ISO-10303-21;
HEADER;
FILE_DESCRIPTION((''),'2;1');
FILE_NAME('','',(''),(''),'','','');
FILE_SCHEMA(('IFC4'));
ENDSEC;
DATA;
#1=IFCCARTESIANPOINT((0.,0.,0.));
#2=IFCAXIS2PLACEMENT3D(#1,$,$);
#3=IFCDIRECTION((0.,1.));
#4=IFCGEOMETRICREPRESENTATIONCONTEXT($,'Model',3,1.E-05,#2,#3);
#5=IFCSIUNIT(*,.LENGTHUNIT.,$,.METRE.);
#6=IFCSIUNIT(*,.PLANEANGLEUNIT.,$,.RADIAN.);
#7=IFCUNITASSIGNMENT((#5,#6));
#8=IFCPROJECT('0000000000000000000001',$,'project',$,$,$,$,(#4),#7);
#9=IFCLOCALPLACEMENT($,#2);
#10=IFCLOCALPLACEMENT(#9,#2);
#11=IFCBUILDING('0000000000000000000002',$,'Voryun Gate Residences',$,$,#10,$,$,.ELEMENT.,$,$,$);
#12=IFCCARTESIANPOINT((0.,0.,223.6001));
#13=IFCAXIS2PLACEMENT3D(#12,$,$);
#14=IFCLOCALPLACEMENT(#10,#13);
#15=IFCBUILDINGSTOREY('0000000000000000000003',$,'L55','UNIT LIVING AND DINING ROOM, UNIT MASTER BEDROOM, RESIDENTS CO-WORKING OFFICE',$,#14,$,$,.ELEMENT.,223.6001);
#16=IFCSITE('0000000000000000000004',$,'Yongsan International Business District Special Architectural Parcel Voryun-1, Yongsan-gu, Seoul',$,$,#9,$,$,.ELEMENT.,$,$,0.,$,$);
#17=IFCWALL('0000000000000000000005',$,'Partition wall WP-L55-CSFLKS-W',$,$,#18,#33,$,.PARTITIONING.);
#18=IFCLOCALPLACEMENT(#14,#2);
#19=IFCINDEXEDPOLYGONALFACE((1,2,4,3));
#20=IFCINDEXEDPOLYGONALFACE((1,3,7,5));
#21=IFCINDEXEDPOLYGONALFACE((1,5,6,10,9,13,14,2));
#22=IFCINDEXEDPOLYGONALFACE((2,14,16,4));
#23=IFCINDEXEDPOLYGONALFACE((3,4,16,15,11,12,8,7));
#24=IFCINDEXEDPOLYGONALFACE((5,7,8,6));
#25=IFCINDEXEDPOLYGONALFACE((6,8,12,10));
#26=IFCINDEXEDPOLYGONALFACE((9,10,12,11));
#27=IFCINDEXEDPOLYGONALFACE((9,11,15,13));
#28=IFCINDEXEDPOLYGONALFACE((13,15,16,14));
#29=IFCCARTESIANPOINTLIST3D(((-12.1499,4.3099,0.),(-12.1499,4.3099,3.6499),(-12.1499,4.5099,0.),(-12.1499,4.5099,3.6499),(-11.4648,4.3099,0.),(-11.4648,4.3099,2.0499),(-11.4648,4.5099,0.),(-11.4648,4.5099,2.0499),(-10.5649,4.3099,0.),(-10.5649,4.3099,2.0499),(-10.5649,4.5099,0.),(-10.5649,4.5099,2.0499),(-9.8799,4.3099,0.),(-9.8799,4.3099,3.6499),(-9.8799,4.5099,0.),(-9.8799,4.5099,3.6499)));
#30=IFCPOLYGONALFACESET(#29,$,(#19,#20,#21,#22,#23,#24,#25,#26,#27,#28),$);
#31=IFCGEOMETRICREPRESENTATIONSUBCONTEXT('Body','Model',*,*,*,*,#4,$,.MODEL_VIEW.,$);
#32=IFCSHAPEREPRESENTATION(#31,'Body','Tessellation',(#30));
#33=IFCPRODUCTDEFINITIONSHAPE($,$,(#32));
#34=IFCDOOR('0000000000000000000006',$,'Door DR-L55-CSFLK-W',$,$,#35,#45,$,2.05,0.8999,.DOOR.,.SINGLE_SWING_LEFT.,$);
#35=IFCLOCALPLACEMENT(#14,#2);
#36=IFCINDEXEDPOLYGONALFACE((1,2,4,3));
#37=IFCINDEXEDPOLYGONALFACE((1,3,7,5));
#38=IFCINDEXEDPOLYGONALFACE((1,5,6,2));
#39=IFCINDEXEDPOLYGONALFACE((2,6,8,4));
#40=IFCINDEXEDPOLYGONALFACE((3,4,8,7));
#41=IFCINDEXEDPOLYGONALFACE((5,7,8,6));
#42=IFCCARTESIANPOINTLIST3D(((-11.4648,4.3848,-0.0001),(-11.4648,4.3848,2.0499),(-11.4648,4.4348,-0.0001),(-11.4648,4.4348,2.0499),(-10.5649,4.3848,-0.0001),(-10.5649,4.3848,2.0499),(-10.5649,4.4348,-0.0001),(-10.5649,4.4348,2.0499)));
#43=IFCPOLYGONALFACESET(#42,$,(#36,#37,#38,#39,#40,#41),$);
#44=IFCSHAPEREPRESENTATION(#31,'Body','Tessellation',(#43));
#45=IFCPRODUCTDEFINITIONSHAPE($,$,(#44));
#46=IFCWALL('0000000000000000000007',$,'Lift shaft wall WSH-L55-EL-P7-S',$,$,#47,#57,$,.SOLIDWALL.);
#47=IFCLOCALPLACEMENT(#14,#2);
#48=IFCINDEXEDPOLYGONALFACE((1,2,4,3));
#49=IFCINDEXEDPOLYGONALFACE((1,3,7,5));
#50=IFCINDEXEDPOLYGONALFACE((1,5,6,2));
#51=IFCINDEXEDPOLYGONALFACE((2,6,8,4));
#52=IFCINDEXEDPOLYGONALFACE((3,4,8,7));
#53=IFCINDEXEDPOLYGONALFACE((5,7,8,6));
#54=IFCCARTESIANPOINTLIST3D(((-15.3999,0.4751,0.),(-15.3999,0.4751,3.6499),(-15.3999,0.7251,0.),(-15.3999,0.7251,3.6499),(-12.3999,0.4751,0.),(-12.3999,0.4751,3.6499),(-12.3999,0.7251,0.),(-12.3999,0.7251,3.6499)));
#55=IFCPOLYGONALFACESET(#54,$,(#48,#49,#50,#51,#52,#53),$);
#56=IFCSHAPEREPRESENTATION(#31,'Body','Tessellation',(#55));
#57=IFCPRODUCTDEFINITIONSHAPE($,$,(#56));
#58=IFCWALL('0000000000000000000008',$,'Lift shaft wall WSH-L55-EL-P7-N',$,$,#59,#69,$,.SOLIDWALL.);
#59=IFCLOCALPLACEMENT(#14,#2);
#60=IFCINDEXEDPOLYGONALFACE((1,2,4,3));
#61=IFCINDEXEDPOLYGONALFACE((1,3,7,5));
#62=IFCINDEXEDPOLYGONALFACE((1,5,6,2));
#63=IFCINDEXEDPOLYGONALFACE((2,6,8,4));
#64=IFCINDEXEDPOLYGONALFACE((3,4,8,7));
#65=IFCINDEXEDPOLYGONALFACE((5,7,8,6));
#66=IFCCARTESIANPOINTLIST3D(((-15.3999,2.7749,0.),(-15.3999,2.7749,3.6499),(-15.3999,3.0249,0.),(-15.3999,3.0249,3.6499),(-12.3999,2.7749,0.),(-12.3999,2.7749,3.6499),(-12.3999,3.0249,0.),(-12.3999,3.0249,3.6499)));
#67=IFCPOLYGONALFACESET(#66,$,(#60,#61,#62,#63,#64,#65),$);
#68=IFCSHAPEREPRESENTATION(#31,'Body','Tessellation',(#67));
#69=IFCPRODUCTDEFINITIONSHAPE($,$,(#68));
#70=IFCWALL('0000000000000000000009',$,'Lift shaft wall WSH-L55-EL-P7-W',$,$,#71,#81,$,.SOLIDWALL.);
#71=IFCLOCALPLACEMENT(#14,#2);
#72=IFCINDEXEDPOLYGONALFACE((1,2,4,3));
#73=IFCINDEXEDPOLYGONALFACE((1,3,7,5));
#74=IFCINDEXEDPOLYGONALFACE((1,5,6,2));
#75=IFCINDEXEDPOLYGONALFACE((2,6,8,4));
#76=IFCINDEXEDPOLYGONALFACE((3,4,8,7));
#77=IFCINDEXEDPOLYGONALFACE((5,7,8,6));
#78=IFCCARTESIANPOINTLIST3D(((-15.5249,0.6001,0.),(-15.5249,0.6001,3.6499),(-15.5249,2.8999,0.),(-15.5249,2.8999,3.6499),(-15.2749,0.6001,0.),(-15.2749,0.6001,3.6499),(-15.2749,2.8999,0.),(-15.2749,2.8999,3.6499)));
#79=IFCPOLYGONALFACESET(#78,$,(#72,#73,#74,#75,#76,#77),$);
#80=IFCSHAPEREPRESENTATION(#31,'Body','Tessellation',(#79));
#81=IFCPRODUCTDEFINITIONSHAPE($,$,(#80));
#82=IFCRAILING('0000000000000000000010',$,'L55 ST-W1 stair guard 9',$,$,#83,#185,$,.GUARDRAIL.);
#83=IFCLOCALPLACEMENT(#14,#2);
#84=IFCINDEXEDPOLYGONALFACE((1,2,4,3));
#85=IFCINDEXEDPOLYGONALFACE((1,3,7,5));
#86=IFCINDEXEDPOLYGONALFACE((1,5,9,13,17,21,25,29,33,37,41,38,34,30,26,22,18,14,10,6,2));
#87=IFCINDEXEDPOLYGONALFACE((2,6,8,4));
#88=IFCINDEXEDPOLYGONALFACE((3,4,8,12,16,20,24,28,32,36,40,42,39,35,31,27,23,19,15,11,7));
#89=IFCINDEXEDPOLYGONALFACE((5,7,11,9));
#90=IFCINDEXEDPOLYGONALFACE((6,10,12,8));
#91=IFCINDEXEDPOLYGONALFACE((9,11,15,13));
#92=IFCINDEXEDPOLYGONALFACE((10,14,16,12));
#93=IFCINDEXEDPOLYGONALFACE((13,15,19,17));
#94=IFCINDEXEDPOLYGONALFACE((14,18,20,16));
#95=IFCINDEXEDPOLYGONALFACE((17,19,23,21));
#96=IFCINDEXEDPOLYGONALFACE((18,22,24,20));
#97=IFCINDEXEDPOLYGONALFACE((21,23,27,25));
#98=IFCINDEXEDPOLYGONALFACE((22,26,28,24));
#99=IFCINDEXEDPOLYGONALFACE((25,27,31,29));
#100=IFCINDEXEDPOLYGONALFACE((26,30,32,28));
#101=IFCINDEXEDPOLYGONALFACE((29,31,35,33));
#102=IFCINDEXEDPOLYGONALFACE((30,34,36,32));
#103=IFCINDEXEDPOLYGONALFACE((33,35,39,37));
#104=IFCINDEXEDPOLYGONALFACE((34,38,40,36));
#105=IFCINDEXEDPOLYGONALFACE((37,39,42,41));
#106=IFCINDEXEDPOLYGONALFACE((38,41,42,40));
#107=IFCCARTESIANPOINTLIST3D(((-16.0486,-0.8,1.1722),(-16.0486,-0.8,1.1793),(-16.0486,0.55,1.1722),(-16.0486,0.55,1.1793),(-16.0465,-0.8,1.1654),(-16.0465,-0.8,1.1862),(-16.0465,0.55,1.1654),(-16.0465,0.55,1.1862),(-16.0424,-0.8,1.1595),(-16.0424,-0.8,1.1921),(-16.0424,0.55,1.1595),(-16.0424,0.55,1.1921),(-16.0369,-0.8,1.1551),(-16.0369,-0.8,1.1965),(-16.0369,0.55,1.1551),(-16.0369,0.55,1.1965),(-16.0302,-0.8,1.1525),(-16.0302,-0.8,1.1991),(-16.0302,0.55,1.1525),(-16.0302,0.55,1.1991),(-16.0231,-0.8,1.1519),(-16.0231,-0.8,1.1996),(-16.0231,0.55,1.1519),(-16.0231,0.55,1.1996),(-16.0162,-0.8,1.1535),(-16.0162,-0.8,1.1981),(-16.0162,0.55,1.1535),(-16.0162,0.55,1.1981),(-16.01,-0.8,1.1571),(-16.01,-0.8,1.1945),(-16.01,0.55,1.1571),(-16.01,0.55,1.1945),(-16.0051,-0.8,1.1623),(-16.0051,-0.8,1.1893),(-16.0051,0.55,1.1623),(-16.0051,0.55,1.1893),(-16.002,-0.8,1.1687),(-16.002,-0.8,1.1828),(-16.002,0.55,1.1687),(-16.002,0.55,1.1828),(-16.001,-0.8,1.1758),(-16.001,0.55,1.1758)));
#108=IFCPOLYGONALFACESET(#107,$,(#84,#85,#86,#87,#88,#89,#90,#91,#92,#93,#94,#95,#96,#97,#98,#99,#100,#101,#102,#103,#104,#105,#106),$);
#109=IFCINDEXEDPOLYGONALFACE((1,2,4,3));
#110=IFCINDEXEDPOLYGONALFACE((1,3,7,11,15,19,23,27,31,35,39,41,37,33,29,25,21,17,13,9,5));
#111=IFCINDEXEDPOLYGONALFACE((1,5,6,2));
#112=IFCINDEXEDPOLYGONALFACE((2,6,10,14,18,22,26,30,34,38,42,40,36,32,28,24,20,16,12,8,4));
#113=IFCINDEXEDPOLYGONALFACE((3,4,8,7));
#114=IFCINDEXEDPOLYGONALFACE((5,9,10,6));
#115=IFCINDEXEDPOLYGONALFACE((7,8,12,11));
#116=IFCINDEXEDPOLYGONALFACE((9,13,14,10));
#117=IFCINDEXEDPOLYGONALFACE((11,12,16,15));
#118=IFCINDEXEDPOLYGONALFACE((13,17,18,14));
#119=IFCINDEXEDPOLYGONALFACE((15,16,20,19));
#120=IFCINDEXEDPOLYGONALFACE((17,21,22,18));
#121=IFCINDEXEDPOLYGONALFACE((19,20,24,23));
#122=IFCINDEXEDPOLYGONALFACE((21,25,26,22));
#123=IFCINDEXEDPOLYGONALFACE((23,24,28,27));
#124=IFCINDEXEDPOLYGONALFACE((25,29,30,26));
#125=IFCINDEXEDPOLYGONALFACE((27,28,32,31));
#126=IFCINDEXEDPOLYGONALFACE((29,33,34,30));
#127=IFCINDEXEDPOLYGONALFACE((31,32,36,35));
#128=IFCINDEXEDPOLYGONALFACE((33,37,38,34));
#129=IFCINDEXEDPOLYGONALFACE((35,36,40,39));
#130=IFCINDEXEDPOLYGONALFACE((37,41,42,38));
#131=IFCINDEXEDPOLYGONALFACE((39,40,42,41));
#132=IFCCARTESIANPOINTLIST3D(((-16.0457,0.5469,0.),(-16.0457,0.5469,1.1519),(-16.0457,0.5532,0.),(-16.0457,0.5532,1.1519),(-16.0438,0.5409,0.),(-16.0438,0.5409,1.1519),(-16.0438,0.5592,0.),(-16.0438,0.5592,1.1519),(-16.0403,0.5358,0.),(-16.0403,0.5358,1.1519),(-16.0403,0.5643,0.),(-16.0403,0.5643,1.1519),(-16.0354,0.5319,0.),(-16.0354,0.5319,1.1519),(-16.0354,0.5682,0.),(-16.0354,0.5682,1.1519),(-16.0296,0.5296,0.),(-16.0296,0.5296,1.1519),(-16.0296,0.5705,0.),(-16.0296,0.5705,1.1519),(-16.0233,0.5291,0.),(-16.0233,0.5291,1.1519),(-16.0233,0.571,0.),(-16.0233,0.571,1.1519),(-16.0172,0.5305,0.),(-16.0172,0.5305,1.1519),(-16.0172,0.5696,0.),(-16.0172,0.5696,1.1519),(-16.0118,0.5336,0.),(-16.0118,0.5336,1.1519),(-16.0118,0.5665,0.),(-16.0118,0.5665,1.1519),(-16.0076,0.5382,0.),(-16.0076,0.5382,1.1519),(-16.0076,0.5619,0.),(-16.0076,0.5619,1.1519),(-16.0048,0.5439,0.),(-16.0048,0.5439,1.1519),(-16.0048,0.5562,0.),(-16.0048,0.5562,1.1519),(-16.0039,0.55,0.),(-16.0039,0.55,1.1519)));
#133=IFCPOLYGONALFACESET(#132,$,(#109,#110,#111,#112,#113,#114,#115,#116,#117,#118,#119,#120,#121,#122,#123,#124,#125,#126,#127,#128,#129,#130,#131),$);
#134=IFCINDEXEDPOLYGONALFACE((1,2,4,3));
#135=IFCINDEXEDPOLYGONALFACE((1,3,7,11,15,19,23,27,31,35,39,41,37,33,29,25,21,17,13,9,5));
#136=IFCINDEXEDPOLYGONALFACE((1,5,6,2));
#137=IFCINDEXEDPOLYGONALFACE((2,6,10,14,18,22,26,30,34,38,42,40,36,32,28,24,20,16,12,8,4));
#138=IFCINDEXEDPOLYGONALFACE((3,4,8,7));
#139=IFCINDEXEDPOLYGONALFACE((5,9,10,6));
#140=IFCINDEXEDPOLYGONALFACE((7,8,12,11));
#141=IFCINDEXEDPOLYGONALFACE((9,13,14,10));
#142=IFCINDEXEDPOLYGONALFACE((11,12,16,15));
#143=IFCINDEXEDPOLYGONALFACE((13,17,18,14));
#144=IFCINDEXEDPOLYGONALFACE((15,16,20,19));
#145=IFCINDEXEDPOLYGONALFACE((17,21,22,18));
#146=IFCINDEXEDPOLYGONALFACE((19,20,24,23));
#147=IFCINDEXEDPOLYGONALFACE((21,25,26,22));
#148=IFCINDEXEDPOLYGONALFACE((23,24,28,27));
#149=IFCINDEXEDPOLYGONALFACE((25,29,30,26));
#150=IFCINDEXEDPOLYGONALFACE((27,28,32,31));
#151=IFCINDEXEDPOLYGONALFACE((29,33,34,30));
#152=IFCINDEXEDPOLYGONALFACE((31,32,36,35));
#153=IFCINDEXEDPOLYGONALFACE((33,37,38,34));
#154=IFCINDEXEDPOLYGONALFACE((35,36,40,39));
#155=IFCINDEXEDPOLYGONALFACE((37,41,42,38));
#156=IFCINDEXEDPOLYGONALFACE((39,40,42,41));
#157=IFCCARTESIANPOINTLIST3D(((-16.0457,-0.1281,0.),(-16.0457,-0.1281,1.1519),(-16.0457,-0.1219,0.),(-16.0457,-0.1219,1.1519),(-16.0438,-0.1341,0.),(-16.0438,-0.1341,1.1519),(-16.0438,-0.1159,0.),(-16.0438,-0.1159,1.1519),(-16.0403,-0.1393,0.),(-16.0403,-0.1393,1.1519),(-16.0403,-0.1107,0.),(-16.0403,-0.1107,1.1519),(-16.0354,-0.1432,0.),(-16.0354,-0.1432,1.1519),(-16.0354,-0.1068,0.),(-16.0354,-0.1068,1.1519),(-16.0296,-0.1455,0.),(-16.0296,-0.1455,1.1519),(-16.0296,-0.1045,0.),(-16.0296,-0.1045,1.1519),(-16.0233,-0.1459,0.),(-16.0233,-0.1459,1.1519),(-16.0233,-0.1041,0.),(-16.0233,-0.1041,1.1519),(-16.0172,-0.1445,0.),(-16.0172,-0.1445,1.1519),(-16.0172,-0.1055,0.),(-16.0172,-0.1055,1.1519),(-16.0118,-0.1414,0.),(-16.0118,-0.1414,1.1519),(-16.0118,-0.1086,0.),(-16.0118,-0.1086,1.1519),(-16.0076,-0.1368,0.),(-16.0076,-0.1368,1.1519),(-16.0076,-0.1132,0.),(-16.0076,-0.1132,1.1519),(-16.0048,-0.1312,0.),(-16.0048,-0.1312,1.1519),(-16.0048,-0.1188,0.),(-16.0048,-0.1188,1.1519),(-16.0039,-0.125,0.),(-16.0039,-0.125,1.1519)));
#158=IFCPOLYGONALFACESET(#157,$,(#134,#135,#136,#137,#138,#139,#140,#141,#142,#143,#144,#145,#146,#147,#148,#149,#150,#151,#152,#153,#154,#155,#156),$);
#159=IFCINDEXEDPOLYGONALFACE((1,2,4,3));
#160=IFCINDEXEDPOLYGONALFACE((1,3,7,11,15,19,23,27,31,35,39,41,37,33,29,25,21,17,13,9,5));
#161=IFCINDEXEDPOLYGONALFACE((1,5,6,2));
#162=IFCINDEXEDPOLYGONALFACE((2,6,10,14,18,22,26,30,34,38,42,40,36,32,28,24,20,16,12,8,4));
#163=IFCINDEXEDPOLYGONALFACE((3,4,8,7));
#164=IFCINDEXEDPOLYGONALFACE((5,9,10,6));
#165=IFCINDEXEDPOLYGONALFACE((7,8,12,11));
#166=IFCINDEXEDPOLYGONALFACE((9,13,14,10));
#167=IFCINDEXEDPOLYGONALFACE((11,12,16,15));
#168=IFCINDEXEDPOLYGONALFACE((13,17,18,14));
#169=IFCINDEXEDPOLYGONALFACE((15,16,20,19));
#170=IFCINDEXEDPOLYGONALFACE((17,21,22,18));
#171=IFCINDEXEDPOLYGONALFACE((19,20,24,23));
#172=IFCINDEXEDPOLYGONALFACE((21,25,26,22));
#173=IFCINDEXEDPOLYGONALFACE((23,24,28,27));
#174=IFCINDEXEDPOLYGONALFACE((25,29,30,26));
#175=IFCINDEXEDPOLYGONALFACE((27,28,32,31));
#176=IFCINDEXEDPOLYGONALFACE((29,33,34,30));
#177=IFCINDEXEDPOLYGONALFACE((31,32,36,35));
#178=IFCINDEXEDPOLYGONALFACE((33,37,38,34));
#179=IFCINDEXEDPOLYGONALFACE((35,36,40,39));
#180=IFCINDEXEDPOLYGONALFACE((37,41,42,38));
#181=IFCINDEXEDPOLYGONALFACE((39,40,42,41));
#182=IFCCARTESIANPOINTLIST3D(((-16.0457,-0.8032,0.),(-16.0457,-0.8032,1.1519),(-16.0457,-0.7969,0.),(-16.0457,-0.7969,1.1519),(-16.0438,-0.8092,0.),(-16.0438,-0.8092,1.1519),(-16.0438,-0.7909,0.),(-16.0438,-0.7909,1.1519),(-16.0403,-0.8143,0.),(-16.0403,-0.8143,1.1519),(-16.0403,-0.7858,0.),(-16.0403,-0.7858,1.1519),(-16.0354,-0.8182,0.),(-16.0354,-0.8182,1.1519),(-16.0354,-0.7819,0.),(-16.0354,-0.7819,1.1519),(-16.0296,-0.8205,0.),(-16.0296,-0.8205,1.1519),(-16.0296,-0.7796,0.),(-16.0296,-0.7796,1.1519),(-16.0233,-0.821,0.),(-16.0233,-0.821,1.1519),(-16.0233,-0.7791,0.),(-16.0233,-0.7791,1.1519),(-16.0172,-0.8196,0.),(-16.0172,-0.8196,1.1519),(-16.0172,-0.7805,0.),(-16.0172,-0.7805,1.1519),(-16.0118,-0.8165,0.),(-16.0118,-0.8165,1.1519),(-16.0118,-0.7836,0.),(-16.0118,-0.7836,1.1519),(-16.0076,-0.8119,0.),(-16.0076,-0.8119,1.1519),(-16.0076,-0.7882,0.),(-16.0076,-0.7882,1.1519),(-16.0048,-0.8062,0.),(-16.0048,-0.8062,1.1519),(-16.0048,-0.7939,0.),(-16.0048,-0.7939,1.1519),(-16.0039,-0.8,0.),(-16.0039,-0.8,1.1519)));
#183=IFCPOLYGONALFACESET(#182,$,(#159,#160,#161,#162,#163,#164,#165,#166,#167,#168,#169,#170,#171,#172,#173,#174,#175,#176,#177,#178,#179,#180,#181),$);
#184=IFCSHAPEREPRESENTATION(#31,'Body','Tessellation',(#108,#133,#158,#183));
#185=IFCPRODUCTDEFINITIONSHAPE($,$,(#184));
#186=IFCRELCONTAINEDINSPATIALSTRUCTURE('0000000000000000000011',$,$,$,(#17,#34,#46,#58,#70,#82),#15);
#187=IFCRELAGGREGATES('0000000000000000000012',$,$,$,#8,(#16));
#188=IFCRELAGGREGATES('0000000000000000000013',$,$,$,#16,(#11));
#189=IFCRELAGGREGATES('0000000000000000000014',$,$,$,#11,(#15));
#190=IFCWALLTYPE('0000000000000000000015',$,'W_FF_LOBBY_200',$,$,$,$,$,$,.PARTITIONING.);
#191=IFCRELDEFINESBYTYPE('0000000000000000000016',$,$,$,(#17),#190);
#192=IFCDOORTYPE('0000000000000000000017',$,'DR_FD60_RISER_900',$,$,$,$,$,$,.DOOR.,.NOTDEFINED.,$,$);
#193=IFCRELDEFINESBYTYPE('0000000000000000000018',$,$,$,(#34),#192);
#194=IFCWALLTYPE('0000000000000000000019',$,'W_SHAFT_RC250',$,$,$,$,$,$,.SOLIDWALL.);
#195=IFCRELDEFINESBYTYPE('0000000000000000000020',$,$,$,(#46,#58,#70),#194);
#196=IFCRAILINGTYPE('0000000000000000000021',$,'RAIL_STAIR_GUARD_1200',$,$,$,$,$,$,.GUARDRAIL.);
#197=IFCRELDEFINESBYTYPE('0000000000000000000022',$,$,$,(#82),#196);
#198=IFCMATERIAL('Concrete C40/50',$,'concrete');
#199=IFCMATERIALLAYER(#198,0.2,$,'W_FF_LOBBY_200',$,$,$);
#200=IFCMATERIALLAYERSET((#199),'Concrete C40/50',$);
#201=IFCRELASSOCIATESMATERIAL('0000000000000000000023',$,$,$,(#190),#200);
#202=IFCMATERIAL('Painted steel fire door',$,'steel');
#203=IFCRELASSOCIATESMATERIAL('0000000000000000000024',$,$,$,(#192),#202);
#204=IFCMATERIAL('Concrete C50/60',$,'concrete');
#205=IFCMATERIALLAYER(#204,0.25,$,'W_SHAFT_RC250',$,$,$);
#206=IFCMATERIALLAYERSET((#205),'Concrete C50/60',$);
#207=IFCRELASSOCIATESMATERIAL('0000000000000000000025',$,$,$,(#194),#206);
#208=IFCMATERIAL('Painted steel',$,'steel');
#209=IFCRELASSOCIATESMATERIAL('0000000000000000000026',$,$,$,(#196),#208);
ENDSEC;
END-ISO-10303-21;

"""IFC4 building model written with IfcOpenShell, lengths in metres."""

from ifc_helpers import new_model, si_unit, direction, frame, frame_2d, origin, origin_2d, place, context, subcontext, project, spatial, rectangle, circle, extrude, material, layer, layer_set, type_object, element, fill, save


model = new_model("IFC4")

# Units and contexts
model_context = context("Model", 3, precision=1e-05, world=origin(), true_north=direction((0.0, 1.0)))
body_context = subcontext(model_context, "Body", "Model", "MODEL_VIEW")
ifc_project = project(units=[si_unit("LENGTHUNIT", "METRE"), si_unit("PLANEANGLEUNIT", "RADIAN")], contexts=[model_context])

# Site, building, storey
site_placement = place(None, origin())
site = spatial("IfcSite", under=ifc_project, at=site_placement, Name="Yongsan International Business District Special Architectural Parcel Voryun-1, Yongsan-gu, Seoul", CompositionType="ELEMENT", RefElevation=0.0)
building_placement = place(site_placement, origin())
building = spatial("IfcBuilding", under=site, at=building_placement, Name="Voryun Gate Residences", CompositionType="ELEMENT")
storey_placement = place(building_placement, frame((0.0, 0.0, 223.6001)))
storey = spatial("IfcBuildingStorey", under=building, at=storey_placement, Name="L55", Description="UNIT LIVING AND DINING ROOM, UNIT MASTER BEDROOM, RESIDENTS CO-WORKING OFFICE", CompositionType="ELEMENT", Elevation=223.6001)

# Shared definitions
ifc_material_1 = material(Name="Concrete C40/50", Category="concrete")
ifc_layer_1 = layer(ifc_material_1, 0.2, Name="W_FF_LOBBY_200")
ifc_layer_set_1 = layer_set([ifc_layer_1], Name="Concrete C40/50")
wall_type_1 = type_object("IfcWallType", Name="W_FF_LOBBY_200", PredefinedType="PARTITIONING", material=ifc_layer_set_1)

# Wall, opening, door
wall_1_placement = place(storey_placement, frame((-12.1499, 4.4099, 0.0), z_axis=(0.0, 0.0, 1.0), x_axis=(1.0, 0.0, 0.0)))
wall_1 = element("IfcWall", 1, at=wall_1_placement, inside=storey, type_object=wall_type_1, Name="Partition wall WP-L55-CSFLKS-W", PredefinedType="PARTITIONING", context=body_context, shape_type="SweptSolid", body=[
    extrude(rectangle(XDim=2.27, YDim=0.2, at=frame_2d((1.135, 0.0))), origin(), (0.0, 0.0, 1.0), 3.6499),
])
opening_placement = place(wall_1_placement, frame((0.6851, 0.0, 0.0)))
opening = element("IfcOpeningElement", 2, at=opening_placement, cuts=wall_1, PredefinedType="OPENING", context=body_context, shape_type="SweptSolid", body=[
    extrude(rectangle(XDim=0.8999, YDim=2.05, at=frame_2d((0.45, 1.0249))), frame((0.0, 0.1101, 0.0), z_axis=(0.0, -1.0, 0.0), x_axis=(1.0, 0.0, 0.0)), (0.0, 0.0, 1.0), 0.22),
])
ifc_material_2 = material(Name="Painted steel fire door", Category="steel")
door_type = type_object("IfcDoorType", Name="DR_FD60_RISER_900", OperationType="NOTDEFINED", PredefinedType="DOOR", material=ifc_material_2)
door_placement = place(opening_placement, origin())
door = element("IfcDoor", 3, at=door_placement, inside=storey, type_object=door_type, Name="Door DR-L55-CSFLK-W", OperationType="SINGLE_SWING_LEFT", OverallHeight=2.05, OverallWidth=0.8999, PredefinedType="DOOR", context=body_context, shape_type="SweptSolid", body=[
    extrude(rectangle(XDim=0.8999, YDim=2.05, at=frame_2d((0.45, 1.0249))), frame((0.0, 0.0249, 0.0), z_axis=(0.0, -1.0, 0.0), x_axis=(1.0, 0.0, 0.0)), (0.0, 0.0, 1.0), 0.05),
])
fill(opening, door)

# Walls
ifc_material_3 = material(Name="Concrete C50/60", Category="concrete")
ifc_layer_2 = layer(ifc_material_3, 0.25, Name="W_SHAFT_RC250")
ifc_layer_set_2 = layer_set([ifc_layer_2], Name="Concrete C50/60")
wall_type_2 = type_object("IfcWallType", Name="W_SHAFT_RC250", PredefinedType="SOLIDWALL", material=ifc_layer_set_2)
for number, where, z_axis, x_axis, name in (
    (4, (-15.3999, 0.6001, 0.0), (0.0, 0.0, 1.0), (1.0, 0.0, 0.0), "Lift shaft wall WSH-L55-EL-P7-S"),
    (5, (-12.3999, 2.8999, 0.0), (0.0, 0.0, 1.0), (-1.0, 0.0, 0.0), "Lift shaft wall WSH-L55-EL-P7-N"),
):
    element("IfcWall", number, at=place(storey_placement, frame(where, z_axis=z_axis, x_axis=x_axis)), inside=storey, type_object=wall_type_2, Name=name, PredefinedType="SOLIDWALL", context=body_context, shape_type="SweptSolid", body=[
        extrude(rectangle(XDim=3.0, YDim=0.25, at=frame_2d((1.5, 0.0))), origin(), (0.0, 0.0, 1.0), 3.6499),
    ])
wall_2_placement = place(storey_placement, frame((-15.3999, 2.8999, 0.0), z_axis=(0.0, 0.0, 1.0), x_axis=(0.0, -1.0, 0.0)))
element("IfcWall", 6, at=wall_2_placement, inside=storey, type_object=wall_type_2, Name="Lift shaft wall WSH-L55-EL-P7-W", PredefinedType="SOLIDWALL", context=body_context, shape_type="SweptSolid", body=[
    extrude(rectangle(XDim=2.2998, YDim=0.25, at=frame_2d((1.1499, 0.0))), origin(), (0.0, 0.0, 1.0), 3.6499),
])

# Railing
ifc_material_4 = material(Name="Painted steel", Category="steel")
railing_type = type_object("IfcRailingType", Name="RAIL_STAIR_GUARD_1200", PredefinedType="GUARDRAIL", material=ifc_material_4)
railing_1_placement = place(storey_placement, frame((-16.0249, 0.55, 0.0)))
element("IfcRailing", 7, at=railing_1_placement, inside=storey, type_object=railing_type, Name="L55 ST-W1 stair guard 9", PredefinedType="GUARDRAIL", context=body_context, shape_type="SweptSolid", body=[
    extrude(circle(Radius=0.0239, at=origin_2d()), frame((0.0, 0.0, 1.1758), z_axis=(0.0, -1.0, 0.0), x_axis=(1.0, 0.0, 0.0)), (0.0, 0.0, 1.0), 1.3501),
    extrude(circle(Radius=0.021, at=origin_2d()), origin(), (0.0, 0.0, 1.0), 1.1519),
    extrude(circle(Radius=0.021, at=origin_2d()), frame((0.0, -0.675, 0.0)), (0.0, 0.0, 1.0), 1.1519),
    extrude(circle(Radius=0.021, at=origin_2d()), frame((0.0, -1.3501, 0.0)), (0.0, 0.0, 1.0), 1.1519),
])

save(model, "model.ifc")
